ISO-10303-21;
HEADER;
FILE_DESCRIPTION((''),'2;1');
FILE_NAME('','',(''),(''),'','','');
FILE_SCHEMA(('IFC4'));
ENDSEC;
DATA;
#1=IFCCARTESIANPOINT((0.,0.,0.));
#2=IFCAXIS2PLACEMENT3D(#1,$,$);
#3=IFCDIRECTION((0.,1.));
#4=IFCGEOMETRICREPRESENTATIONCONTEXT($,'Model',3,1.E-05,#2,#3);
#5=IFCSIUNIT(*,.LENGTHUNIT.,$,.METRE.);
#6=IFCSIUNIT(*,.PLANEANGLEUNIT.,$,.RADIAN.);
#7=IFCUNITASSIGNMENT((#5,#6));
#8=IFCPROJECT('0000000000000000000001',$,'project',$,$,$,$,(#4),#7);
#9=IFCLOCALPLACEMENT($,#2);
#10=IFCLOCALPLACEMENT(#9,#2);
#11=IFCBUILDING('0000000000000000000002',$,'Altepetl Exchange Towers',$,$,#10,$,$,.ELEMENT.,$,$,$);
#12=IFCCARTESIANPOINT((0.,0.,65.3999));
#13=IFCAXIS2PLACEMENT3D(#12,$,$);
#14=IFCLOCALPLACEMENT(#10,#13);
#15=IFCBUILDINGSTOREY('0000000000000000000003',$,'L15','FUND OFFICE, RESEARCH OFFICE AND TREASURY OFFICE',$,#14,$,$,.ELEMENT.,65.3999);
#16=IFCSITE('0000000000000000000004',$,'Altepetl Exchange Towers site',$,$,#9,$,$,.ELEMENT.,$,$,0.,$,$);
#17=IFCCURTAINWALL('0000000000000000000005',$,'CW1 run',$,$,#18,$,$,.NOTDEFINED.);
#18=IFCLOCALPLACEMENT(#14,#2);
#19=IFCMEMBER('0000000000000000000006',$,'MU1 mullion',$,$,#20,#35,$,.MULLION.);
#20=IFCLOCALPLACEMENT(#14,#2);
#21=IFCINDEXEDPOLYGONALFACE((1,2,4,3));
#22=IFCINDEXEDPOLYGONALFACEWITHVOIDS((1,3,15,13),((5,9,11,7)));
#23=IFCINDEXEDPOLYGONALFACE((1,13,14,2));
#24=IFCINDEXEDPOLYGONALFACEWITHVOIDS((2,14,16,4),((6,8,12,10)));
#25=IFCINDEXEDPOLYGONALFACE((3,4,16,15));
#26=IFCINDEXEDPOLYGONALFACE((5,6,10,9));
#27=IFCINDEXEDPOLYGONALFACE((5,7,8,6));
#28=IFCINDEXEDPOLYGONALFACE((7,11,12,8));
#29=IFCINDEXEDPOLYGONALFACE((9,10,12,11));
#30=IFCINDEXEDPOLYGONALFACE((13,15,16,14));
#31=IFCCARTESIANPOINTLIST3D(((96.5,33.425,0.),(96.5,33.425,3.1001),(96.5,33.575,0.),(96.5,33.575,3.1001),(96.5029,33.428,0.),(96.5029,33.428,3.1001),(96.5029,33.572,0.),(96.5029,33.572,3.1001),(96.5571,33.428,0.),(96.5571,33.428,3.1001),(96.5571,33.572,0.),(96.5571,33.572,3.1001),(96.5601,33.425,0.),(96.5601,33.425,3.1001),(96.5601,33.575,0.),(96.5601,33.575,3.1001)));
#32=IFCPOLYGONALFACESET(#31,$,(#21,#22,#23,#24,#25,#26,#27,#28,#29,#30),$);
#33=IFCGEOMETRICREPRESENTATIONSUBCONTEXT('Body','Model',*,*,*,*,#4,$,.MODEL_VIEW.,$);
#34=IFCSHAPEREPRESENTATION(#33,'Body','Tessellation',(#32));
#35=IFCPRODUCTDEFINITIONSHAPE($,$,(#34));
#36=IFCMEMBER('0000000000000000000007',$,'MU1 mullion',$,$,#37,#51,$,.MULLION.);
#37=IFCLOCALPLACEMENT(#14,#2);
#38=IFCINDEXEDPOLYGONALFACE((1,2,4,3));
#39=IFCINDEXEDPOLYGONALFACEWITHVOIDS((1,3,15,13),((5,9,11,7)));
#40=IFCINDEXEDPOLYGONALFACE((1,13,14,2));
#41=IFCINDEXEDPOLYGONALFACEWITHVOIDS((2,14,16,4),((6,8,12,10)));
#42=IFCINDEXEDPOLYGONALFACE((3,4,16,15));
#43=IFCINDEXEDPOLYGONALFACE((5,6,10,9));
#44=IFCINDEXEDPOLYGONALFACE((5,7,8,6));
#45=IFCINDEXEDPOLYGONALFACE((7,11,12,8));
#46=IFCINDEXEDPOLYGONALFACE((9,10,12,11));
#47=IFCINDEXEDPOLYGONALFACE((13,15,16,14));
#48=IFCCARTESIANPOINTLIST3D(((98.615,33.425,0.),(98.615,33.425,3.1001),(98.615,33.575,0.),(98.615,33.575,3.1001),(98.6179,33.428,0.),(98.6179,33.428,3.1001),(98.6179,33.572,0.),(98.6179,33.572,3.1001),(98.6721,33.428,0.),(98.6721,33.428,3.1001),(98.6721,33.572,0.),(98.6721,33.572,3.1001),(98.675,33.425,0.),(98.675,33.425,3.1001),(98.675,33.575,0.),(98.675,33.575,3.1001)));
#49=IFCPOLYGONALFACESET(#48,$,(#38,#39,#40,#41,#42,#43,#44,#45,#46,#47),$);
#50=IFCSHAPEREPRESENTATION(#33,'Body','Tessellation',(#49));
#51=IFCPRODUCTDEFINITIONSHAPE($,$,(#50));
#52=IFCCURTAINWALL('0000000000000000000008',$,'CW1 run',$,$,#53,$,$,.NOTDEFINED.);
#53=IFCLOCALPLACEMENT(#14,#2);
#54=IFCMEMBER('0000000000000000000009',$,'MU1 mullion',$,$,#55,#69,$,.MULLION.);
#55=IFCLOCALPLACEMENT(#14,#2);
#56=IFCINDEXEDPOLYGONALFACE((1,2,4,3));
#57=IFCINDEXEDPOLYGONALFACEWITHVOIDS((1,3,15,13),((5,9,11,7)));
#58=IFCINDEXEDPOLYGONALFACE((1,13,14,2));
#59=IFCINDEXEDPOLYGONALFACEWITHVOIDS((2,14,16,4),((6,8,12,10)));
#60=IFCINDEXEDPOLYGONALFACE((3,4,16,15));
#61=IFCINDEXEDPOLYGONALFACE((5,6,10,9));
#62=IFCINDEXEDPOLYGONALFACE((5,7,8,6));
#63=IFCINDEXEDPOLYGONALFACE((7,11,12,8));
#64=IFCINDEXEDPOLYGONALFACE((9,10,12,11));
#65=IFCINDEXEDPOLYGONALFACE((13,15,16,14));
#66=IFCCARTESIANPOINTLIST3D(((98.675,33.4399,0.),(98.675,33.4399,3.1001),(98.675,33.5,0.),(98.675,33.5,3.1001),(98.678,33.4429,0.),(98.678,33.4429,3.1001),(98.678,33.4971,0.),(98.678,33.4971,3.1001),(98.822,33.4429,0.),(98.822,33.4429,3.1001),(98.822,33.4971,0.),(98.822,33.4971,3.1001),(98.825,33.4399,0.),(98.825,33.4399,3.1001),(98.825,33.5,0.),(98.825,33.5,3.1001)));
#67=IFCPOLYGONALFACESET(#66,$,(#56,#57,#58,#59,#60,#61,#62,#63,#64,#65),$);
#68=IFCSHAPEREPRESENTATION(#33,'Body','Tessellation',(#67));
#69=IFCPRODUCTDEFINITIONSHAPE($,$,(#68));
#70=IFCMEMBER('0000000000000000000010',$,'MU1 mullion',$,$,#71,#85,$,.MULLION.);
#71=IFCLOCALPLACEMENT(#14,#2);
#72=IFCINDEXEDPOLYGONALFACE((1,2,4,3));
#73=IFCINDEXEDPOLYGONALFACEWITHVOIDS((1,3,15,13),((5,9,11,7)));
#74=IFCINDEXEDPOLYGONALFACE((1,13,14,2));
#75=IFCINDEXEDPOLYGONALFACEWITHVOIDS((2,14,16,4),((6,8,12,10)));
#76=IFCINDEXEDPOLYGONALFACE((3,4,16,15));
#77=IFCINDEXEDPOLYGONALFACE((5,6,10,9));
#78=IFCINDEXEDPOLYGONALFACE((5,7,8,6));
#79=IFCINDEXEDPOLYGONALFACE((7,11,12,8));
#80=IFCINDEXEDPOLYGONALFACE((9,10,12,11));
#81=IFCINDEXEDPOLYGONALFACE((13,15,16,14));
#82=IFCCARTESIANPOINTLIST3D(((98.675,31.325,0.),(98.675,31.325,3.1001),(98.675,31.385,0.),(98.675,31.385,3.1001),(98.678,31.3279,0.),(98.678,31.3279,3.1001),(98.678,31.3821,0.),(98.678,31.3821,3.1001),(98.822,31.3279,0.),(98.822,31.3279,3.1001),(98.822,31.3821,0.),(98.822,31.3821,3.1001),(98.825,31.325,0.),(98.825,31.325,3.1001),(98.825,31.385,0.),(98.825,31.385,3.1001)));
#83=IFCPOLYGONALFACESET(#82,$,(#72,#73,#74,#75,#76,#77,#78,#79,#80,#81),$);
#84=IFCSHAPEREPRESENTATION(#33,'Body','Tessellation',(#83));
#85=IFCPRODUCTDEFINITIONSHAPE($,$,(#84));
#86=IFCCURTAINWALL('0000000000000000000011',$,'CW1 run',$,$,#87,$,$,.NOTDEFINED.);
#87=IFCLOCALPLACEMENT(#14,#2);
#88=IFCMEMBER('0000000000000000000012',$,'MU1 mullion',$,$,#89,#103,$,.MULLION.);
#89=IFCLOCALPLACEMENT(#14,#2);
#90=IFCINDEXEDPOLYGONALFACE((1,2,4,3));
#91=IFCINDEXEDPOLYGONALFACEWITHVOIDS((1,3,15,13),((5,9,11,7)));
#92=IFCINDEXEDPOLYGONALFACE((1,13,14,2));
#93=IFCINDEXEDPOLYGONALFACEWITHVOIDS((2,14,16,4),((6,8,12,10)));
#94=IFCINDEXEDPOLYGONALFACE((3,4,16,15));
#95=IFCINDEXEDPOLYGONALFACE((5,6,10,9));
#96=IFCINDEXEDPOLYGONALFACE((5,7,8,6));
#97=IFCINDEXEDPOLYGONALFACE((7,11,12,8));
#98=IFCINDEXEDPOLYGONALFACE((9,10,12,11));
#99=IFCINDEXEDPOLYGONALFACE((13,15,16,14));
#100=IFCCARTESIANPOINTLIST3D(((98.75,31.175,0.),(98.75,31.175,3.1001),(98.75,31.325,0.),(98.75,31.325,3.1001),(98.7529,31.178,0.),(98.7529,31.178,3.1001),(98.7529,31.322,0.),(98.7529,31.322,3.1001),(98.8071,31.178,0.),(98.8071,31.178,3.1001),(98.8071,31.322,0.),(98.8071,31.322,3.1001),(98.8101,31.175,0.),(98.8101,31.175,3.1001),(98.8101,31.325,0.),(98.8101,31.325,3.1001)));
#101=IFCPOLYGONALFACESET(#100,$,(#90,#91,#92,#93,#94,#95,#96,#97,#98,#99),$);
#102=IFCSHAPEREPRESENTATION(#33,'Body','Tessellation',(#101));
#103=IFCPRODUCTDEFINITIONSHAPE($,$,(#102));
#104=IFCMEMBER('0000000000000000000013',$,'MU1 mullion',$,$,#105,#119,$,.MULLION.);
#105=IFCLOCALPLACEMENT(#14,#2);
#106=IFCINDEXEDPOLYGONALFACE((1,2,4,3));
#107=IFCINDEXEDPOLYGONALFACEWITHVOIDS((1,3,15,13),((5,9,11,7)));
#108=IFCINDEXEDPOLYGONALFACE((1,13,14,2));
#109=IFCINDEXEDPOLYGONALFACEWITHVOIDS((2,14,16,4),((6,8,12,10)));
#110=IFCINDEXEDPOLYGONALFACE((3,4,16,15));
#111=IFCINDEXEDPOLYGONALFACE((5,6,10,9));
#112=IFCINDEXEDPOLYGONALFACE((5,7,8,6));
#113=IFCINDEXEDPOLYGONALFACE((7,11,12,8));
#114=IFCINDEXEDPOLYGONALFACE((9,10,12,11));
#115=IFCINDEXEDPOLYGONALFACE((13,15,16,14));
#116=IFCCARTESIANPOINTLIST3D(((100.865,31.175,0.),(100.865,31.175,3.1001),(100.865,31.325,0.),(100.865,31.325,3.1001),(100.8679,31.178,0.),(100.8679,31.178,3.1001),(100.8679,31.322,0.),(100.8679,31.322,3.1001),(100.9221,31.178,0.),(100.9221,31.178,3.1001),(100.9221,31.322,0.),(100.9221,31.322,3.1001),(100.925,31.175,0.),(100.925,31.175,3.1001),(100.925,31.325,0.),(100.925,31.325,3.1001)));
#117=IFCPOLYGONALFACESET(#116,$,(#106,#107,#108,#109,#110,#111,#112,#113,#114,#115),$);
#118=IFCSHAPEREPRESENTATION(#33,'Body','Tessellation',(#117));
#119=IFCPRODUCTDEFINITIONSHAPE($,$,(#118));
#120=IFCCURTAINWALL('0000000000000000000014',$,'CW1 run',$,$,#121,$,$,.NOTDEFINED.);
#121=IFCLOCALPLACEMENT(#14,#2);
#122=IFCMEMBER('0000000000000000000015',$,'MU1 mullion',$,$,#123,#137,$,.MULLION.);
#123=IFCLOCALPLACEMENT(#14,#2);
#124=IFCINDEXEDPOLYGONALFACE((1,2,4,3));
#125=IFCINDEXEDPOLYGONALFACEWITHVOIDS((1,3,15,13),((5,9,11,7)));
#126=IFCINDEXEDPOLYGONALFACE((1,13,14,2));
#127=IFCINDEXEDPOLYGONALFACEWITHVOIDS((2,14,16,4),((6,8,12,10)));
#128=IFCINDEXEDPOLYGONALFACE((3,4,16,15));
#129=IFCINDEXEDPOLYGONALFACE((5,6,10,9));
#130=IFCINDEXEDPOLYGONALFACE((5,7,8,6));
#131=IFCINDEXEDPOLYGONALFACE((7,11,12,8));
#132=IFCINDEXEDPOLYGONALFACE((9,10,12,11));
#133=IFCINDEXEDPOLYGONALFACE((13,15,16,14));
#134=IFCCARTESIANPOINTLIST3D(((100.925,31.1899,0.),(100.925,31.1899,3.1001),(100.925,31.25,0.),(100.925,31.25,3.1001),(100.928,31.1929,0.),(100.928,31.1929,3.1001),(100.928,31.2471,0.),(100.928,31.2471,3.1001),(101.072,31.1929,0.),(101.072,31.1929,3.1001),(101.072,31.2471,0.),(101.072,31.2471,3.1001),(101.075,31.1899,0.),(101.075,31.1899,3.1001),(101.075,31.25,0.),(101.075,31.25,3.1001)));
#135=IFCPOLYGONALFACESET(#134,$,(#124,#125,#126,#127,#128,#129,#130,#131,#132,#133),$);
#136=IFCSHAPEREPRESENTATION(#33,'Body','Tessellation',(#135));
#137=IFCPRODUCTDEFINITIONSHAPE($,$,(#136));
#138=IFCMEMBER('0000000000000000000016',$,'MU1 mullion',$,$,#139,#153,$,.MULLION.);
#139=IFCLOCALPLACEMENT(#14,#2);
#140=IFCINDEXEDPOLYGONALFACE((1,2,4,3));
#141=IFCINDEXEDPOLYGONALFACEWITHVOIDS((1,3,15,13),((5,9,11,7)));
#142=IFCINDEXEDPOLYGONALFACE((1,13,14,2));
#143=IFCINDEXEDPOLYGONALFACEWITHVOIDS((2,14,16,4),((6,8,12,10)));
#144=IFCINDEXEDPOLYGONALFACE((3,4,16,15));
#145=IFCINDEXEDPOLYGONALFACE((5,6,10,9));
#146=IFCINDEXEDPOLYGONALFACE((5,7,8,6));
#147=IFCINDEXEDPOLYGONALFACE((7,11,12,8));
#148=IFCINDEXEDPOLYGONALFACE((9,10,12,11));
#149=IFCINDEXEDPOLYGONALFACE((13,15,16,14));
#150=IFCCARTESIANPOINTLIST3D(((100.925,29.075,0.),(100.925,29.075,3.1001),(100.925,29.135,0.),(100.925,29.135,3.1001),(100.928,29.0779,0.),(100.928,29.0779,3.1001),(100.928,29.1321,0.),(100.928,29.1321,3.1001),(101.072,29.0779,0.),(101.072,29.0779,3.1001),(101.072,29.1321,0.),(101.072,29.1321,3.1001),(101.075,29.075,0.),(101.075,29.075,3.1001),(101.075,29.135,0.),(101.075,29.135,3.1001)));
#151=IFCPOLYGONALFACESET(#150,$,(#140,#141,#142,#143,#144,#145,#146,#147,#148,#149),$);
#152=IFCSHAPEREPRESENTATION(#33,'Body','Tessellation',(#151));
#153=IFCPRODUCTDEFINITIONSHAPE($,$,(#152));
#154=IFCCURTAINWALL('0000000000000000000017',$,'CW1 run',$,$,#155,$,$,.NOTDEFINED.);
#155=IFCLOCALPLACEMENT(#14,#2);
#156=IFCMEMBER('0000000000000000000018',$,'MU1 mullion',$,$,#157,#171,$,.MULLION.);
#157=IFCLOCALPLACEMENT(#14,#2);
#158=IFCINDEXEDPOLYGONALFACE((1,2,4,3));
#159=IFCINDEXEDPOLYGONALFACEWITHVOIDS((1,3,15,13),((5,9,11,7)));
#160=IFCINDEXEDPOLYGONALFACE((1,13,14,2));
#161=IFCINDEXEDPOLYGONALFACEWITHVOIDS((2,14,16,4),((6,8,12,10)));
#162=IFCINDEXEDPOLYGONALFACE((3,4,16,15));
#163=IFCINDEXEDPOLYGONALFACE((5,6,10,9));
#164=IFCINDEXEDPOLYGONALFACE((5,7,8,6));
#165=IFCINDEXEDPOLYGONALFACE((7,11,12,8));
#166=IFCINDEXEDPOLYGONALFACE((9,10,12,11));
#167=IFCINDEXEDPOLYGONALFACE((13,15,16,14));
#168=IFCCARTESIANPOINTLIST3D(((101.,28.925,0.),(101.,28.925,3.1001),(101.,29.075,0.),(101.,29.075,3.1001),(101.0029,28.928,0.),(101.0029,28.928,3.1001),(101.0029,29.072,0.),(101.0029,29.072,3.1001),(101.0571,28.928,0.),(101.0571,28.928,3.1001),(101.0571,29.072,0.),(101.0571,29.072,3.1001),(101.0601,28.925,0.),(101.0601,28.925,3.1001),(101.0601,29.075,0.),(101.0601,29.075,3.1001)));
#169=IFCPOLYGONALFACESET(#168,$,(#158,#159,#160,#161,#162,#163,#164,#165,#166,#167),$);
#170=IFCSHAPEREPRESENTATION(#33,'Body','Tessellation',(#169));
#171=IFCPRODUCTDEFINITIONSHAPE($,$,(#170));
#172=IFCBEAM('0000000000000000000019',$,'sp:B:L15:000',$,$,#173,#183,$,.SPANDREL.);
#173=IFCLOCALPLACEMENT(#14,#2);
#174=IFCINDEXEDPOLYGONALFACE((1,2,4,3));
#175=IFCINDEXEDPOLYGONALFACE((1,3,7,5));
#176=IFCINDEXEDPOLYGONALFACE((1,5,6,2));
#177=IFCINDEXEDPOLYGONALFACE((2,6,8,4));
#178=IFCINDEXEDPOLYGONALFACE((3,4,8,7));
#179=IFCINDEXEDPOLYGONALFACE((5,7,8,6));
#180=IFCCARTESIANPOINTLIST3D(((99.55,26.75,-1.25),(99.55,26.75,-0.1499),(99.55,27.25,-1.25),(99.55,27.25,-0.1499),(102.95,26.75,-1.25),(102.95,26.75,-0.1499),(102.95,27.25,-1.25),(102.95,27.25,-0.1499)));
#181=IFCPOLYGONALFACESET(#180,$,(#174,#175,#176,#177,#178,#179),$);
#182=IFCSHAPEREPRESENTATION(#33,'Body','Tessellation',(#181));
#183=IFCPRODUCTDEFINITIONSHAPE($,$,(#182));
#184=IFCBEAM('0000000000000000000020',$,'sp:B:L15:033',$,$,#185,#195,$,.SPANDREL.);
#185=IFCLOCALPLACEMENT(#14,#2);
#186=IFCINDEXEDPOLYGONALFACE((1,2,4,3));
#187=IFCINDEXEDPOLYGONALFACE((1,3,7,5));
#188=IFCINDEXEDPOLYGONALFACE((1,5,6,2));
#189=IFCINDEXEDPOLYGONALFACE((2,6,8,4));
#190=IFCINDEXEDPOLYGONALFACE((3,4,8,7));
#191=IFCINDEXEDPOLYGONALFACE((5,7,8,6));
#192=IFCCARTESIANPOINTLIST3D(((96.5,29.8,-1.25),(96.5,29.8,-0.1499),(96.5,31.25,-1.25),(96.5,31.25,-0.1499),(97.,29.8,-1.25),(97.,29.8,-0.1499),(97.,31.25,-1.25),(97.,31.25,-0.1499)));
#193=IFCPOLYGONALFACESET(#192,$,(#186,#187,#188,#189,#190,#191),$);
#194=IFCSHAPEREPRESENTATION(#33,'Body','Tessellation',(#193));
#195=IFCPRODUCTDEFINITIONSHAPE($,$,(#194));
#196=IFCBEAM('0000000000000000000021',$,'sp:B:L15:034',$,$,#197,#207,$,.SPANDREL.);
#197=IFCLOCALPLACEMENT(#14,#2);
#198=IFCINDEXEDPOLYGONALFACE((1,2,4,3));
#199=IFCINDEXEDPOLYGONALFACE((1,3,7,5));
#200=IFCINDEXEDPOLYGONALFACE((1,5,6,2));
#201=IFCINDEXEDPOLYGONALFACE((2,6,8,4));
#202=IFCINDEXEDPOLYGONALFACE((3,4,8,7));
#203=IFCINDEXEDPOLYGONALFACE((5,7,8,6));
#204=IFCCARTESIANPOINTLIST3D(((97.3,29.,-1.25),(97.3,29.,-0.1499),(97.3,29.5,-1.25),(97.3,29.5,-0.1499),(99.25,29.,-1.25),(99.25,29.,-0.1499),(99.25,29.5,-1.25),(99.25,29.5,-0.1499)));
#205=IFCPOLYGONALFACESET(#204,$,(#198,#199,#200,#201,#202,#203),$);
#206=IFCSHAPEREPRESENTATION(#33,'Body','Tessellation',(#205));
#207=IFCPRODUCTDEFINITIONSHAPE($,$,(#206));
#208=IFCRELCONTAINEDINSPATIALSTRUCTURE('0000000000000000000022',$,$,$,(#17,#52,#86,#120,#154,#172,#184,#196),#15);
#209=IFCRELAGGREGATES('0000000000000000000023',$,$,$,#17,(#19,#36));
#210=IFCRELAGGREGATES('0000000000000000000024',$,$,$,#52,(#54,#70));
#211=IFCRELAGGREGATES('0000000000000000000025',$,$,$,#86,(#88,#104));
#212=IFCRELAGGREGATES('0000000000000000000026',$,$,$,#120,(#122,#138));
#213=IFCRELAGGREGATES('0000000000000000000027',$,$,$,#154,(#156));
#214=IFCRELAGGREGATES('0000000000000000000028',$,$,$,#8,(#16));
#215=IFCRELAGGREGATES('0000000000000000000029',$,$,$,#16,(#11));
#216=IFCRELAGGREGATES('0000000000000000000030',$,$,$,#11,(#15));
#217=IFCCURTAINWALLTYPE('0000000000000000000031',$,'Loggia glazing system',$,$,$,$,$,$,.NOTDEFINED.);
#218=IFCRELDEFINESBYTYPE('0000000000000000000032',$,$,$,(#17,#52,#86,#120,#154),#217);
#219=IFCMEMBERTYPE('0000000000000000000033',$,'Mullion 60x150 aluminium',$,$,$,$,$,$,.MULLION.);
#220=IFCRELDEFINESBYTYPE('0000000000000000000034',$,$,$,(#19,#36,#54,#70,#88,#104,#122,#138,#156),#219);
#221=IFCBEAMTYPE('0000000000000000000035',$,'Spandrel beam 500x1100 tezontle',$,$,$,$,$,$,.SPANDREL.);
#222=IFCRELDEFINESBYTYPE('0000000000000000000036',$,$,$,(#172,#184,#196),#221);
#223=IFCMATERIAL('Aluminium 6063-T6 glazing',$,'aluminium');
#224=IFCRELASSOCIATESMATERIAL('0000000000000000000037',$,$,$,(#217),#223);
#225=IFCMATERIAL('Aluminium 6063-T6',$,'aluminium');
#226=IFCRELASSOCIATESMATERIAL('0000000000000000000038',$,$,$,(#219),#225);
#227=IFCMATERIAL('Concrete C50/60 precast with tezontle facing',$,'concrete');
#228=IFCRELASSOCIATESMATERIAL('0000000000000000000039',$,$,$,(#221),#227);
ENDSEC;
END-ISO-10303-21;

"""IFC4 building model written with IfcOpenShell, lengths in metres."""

from ifc_helpers import new_model, si_unit, direction, frame, origin, origin_2d, place, context, subcontext, project, spatial, rectangle, hollow_rectangle, extrude, material, material_profile, profile_set, type_object, element, aggregate, save


model = new_model("IFC4")

# Units and contexts
model_context = context("Model", 3, precision=1e-05, world=origin(), true_north=direction((0.0, 1.0)))
body_context = subcontext(model_context, "Body", "Model", "MODEL_VIEW")
ifc_project = project(units=[si_unit("LENGTHUNIT", "METRE"), si_unit("PLANEANGLEUNIT", "RADIAN")], contexts=[model_context])

# Site, building, storey
site_placement = place(None, origin())
site = spatial("IfcSite", under=ifc_project, at=site_placement, Name="Altepetl Exchange Towers site", CompositionType="ELEMENT", RefElevation=0.0)
building_placement = place(site_placement, origin())
building = spatial("IfcBuilding", under=site, at=building_placement, Name="Altepetl Exchange Towers", CompositionType="ELEMENT")
storey_placement = place(building_placement, frame((0.0, 0.0, 65.3999)))
storey = spatial("IfcBuildingStorey", under=building, at=storey_placement, Name="L15", Description="FUND OFFICE, RESEARCH OFFICE AND TREASURY OFFICE", CompositionType="ELEMENT", Elevation=65.3999)

# Curtain walls, members
ifc_material_1 = material(Name="Aluminium 6063-T6 glazing", Category="aluminium")
curtain_wall_type = type_object("IfcCurtainWallType", Name="Loggia glazing system", PredefinedType="NOTDEFINED", material=ifc_material_1)
ifc_material_2 = material(Name="Aluminium 6063-T6", Category="aluminium")
ifc_material_profile_1 = material_profile(ifc_material_2, hollow_rectangle(XDim=0.0601, YDim=0.1499, WallThickness=0.0029, at=origin_2d()), Name="Mullion 60x150 aluminium")
ifc_profile_set_1 = profile_set([ifc_material_profile_1], Name="Aluminium 6063-T6")
member_type = type_object("IfcMemberType", Name="Mullion 60x150 aluminium", PredefinedType="MULLION", material=ifc_profile_set_1)
curtain_wall_1_placement = place(storey_placement, origin())
curtain_wall_1 = element("IfcCurtainWall", 1, at=curtain_wall_1_placement, inside=storey, type_object=curtain_wall_type, Name="CW1 run", PredefinedType="NOTDEFINED")
member_1_placement = place(storey_placement, frame((96.53, 33.5, 0.0)))
member_1 = element("IfcMember", 2, at=member_1_placement, type_object=member_type, Name="MU1 mullion", PredefinedType="MULLION", context=body_context, shape_type="SweptSolid", body=[
    extrude(hollow_rectangle(XDim=0.0601, YDim=0.1499, WallThickness=0.0029, at=origin_2d()), origin(), (0.0, 0.0, 1.0), 3.1001),
])
member_2_placement = place(storey_placement, frame((98.645, 33.5, 0.0)))
member_2 = element("IfcMember", 3, at=member_2_placement, type_object=member_type, Name="MU1 mullion", PredefinedType="MULLION", context=body_context, shape_type="SweptSolid", body=[
    extrude(hollow_rectangle(XDim=0.0601, YDim=0.1499, WallThickness=0.0029, at=origin_2d()), origin(), (0.0, 0.0, 1.0), 3.1001),
])
curtain_wall_2_placement = place(storey_placement, origin())
curtain_wall_2 = element("IfcCurtainWall", 4, at=curtain_wall_2_placement, inside=storey, type_object=curtain_wall_type, Name="CW1 run", PredefinedType="NOTDEFINED")
member_3_placement = place(storey_placement, frame((98.75, 33.47, 0.0), z_axis=(0.0, 0.0, 1.0), x_axis=(0.0, -1.0, 0.0)))
member_3 = element("IfcMember", 5, at=member_3_placement, type_object=member_type, Name="MU1 mullion", PredefinedType="MULLION", context=body_context, shape_type="SweptSolid", body=[
    extrude(hollow_rectangle(XDim=0.0601, YDim=0.1499, WallThickness=0.0029, at=origin_2d()), origin(), (0.0, 0.0, 1.0), 3.1001),
])
member_4_placement = place(storey_placement, frame((98.75, 31.355, 0.0), z_axis=(0.0, 0.0, 1.0), x_axis=(0.0, -1.0, 0.0)))
member_4 = element("IfcMember", 6, at=member_4_placement, type_object=member_type, Name="MU1 mullion", PredefinedType="MULLION", context=body_context, shape_type="SweptSolid", body=[
    extrude(hollow_rectangle(XDim=0.0601, YDim=0.1499, WallThickness=0.0029, at=origin_2d()), origin(), (0.0, 0.0, 1.0), 3.1001),
])
curtain_wall_3_placement = place(storey_placement, origin())
curtain_wall_3 = element("IfcCurtainWall", 7, at=curtain_wall_3_placement, inside=storey, type_object=curtain_wall_type, Name="CW1 run", PredefinedType="NOTDEFINED")
member_5_placement = place(storey_placement, frame((98.78, 31.25, 0.0)))
member_5 = element("IfcMember", 8, at=member_5_placement, type_object=member_type, Name="MU1 mullion", PredefinedType="MULLION", context=body_context, shape_type="SweptSolid", body=[
    extrude(hollow_rectangle(XDim=0.0601, YDim=0.1499, WallThickness=0.0029, at=origin_2d()), origin(), (0.0, 0.0, 1.0), 3.1001),
])
member_6_placement = place(storey_placement, frame((100.895, 31.25, 0.0)))
member_6 = element("IfcMember", 9, at=member_6_placement, type_object=member_type, Name="MU1 mullion", PredefinedType="MULLION", context=body_context, shape_type="SweptSolid", body=[
    extrude(hollow_rectangle(XDim=0.0601, YDim=0.1499, WallThickness=0.0029, at=origin_2d()), origin(), (0.0, 0.0, 1.0), 3.1001),
])
curtain_wall_4_placement = place(storey_placement, origin())
curtain_wall_4 = element("IfcCurtainWall", 10, at=curtain_wall_4_placement, inside=storey, type_object=curtain_wall_type, Name="CW1 run", PredefinedType="NOTDEFINED")
member_7_placement = place(storey_placement, frame((101.0, 31.22, 0.0), z_axis=(0.0, 0.0, 1.0), x_axis=(0.0, -1.0, 0.0)))
member_7 = element("IfcMember", 11, at=member_7_placement, type_object=member_type, Name="MU1 mullion", PredefinedType="MULLION", context=body_context, shape_type="SweptSolid", body=[
    extrude(hollow_rectangle(XDim=0.0601, YDim=0.1499, WallThickness=0.0029, at=origin_2d()), origin(), (0.0, 0.0, 1.0), 3.1001),
])
member_8_placement = place(storey_placement, frame((101.0, 29.105, 0.0), z_axis=(0.0, 0.0, 1.0), x_axis=(0.0, -1.0, 0.0)))
member_8 = element("IfcMember", 12, at=member_8_placement, type_object=member_type, Name="MU1 mullion", PredefinedType="MULLION", context=body_context, shape_type="SweptSolid", body=[
    extrude(hollow_rectangle(XDim=0.0601, YDim=0.1499, WallThickness=0.0029, at=origin_2d()), origin(), (0.0, 0.0, 1.0), 3.1001),
])

# Curtain wall, member
curtain_wall_5_placement = place(storey_placement, origin())
curtain_wall_5 = element("IfcCurtainWall", 13, at=curtain_wall_5_placement, inside=storey, type_object=curtain_wall_type, Name="CW1 run", PredefinedType="NOTDEFINED")
member_9_placement = place(storey_placement, frame((101.03, 29.0, 0.0)))
member_9 = element("IfcMember", 14, at=member_9_placement, type_object=member_type, Name="MU1 mullion", PredefinedType="MULLION", context=body_context, shape_type="SweptSolid", body=[
    extrude(hollow_rectangle(XDim=0.0601, YDim=0.1499, WallThickness=0.0029, at=origin_2d()), origin(), (0.0, 0.0, 1.0), 3.1001),
])

# Beams
ifc_material_3 = material(Name="Concrete C50/60 precast with tezontle facing", Category="concrete")
ifc_material_profile_2 = material_profile(ifc_material_3, rectangle(XDim=0.5, YDim=1.1001, at=origin_2d()), Name="500 x 1100")
ifc_profile_set_2 = profile_set([ifc_material_profile_2], Name="Concrete C50/60 precast with tezontle facing")
beam_type_1 = type_object("IfcBeamType", Name="Spandrel beam 500x1100 tezontle", PredefinedType="SPANDREL", material=ifc_profile_set_2)
beam_1_placement = place(storey_placement, frame((99.55, 27.0, -0.7), z_axis=(1.0, 0.0, 0.0), x_axis=(0.0, 1.0, 0.0)))
element("IfcBeam", 15, at=beam_1_placement, inside=storey, type_object=beam_type_1, Name="sp:B:L15:000", PredefinedType="SPANDREL", context=body_context, shape_type="SweptSolid", body=[
    extrude(rectangle(XDim=0.5, YDim=1.1001, at=origin_2d()), origin(), (0.0, 0.0, 1.0), 3.3999),
])
beam_2_placement = place(storey_placement, frame((96.75, 31.25, -0.7), z_axis=(0.0, -1.0, 0.0), x_axis=(1.0, 0.0, 0.0)))
element("IfcBeam", 16, at=beam_2_placement, inside=storey, type_object=beam_type_1, Name="sp:B:L15:033", PredefinedType="SPANDREL", context=body_context, shape_type="SweptSolid", body=[
    extrude(rectangle(XDim=0.5, YDim=1.1001, at=origin_2d()), origin(), (0.0, 0.0, 1.0), 1.45),
])
beam_3_placement = place(storey_placement, frame((97.3, 29.25, -0.7), z_axis=(1.0, 0.0, 0.0), x_axis=(0.0, 1.0, 0.0)))
element("IfcBeam", 17, at=beam_3_placement, inside=storey, type_object=beam_type_1, Name="sp:B:L15:034", PredefinedType="SPANDREL", context=body_context, shape_type="SweptSolid", body=[
    extrude(rectangle(XDim=0.5, YDim=1.1001, at=origin_2d()), origin(), (0.0, 0.0, 1.0), 1.95),
])

aggregate(curtain_wall_1, [member_1, member_2])
aggregate(curtain_wall_2, [member_3, member_4])
aggregate(curtain_wall_3, [member_5, member_6])
aggregate(curtain_wall_4, [member_7, member_8])
aggregate(curtain_wall_5, [member_9])

save(model, "model.ifc")
